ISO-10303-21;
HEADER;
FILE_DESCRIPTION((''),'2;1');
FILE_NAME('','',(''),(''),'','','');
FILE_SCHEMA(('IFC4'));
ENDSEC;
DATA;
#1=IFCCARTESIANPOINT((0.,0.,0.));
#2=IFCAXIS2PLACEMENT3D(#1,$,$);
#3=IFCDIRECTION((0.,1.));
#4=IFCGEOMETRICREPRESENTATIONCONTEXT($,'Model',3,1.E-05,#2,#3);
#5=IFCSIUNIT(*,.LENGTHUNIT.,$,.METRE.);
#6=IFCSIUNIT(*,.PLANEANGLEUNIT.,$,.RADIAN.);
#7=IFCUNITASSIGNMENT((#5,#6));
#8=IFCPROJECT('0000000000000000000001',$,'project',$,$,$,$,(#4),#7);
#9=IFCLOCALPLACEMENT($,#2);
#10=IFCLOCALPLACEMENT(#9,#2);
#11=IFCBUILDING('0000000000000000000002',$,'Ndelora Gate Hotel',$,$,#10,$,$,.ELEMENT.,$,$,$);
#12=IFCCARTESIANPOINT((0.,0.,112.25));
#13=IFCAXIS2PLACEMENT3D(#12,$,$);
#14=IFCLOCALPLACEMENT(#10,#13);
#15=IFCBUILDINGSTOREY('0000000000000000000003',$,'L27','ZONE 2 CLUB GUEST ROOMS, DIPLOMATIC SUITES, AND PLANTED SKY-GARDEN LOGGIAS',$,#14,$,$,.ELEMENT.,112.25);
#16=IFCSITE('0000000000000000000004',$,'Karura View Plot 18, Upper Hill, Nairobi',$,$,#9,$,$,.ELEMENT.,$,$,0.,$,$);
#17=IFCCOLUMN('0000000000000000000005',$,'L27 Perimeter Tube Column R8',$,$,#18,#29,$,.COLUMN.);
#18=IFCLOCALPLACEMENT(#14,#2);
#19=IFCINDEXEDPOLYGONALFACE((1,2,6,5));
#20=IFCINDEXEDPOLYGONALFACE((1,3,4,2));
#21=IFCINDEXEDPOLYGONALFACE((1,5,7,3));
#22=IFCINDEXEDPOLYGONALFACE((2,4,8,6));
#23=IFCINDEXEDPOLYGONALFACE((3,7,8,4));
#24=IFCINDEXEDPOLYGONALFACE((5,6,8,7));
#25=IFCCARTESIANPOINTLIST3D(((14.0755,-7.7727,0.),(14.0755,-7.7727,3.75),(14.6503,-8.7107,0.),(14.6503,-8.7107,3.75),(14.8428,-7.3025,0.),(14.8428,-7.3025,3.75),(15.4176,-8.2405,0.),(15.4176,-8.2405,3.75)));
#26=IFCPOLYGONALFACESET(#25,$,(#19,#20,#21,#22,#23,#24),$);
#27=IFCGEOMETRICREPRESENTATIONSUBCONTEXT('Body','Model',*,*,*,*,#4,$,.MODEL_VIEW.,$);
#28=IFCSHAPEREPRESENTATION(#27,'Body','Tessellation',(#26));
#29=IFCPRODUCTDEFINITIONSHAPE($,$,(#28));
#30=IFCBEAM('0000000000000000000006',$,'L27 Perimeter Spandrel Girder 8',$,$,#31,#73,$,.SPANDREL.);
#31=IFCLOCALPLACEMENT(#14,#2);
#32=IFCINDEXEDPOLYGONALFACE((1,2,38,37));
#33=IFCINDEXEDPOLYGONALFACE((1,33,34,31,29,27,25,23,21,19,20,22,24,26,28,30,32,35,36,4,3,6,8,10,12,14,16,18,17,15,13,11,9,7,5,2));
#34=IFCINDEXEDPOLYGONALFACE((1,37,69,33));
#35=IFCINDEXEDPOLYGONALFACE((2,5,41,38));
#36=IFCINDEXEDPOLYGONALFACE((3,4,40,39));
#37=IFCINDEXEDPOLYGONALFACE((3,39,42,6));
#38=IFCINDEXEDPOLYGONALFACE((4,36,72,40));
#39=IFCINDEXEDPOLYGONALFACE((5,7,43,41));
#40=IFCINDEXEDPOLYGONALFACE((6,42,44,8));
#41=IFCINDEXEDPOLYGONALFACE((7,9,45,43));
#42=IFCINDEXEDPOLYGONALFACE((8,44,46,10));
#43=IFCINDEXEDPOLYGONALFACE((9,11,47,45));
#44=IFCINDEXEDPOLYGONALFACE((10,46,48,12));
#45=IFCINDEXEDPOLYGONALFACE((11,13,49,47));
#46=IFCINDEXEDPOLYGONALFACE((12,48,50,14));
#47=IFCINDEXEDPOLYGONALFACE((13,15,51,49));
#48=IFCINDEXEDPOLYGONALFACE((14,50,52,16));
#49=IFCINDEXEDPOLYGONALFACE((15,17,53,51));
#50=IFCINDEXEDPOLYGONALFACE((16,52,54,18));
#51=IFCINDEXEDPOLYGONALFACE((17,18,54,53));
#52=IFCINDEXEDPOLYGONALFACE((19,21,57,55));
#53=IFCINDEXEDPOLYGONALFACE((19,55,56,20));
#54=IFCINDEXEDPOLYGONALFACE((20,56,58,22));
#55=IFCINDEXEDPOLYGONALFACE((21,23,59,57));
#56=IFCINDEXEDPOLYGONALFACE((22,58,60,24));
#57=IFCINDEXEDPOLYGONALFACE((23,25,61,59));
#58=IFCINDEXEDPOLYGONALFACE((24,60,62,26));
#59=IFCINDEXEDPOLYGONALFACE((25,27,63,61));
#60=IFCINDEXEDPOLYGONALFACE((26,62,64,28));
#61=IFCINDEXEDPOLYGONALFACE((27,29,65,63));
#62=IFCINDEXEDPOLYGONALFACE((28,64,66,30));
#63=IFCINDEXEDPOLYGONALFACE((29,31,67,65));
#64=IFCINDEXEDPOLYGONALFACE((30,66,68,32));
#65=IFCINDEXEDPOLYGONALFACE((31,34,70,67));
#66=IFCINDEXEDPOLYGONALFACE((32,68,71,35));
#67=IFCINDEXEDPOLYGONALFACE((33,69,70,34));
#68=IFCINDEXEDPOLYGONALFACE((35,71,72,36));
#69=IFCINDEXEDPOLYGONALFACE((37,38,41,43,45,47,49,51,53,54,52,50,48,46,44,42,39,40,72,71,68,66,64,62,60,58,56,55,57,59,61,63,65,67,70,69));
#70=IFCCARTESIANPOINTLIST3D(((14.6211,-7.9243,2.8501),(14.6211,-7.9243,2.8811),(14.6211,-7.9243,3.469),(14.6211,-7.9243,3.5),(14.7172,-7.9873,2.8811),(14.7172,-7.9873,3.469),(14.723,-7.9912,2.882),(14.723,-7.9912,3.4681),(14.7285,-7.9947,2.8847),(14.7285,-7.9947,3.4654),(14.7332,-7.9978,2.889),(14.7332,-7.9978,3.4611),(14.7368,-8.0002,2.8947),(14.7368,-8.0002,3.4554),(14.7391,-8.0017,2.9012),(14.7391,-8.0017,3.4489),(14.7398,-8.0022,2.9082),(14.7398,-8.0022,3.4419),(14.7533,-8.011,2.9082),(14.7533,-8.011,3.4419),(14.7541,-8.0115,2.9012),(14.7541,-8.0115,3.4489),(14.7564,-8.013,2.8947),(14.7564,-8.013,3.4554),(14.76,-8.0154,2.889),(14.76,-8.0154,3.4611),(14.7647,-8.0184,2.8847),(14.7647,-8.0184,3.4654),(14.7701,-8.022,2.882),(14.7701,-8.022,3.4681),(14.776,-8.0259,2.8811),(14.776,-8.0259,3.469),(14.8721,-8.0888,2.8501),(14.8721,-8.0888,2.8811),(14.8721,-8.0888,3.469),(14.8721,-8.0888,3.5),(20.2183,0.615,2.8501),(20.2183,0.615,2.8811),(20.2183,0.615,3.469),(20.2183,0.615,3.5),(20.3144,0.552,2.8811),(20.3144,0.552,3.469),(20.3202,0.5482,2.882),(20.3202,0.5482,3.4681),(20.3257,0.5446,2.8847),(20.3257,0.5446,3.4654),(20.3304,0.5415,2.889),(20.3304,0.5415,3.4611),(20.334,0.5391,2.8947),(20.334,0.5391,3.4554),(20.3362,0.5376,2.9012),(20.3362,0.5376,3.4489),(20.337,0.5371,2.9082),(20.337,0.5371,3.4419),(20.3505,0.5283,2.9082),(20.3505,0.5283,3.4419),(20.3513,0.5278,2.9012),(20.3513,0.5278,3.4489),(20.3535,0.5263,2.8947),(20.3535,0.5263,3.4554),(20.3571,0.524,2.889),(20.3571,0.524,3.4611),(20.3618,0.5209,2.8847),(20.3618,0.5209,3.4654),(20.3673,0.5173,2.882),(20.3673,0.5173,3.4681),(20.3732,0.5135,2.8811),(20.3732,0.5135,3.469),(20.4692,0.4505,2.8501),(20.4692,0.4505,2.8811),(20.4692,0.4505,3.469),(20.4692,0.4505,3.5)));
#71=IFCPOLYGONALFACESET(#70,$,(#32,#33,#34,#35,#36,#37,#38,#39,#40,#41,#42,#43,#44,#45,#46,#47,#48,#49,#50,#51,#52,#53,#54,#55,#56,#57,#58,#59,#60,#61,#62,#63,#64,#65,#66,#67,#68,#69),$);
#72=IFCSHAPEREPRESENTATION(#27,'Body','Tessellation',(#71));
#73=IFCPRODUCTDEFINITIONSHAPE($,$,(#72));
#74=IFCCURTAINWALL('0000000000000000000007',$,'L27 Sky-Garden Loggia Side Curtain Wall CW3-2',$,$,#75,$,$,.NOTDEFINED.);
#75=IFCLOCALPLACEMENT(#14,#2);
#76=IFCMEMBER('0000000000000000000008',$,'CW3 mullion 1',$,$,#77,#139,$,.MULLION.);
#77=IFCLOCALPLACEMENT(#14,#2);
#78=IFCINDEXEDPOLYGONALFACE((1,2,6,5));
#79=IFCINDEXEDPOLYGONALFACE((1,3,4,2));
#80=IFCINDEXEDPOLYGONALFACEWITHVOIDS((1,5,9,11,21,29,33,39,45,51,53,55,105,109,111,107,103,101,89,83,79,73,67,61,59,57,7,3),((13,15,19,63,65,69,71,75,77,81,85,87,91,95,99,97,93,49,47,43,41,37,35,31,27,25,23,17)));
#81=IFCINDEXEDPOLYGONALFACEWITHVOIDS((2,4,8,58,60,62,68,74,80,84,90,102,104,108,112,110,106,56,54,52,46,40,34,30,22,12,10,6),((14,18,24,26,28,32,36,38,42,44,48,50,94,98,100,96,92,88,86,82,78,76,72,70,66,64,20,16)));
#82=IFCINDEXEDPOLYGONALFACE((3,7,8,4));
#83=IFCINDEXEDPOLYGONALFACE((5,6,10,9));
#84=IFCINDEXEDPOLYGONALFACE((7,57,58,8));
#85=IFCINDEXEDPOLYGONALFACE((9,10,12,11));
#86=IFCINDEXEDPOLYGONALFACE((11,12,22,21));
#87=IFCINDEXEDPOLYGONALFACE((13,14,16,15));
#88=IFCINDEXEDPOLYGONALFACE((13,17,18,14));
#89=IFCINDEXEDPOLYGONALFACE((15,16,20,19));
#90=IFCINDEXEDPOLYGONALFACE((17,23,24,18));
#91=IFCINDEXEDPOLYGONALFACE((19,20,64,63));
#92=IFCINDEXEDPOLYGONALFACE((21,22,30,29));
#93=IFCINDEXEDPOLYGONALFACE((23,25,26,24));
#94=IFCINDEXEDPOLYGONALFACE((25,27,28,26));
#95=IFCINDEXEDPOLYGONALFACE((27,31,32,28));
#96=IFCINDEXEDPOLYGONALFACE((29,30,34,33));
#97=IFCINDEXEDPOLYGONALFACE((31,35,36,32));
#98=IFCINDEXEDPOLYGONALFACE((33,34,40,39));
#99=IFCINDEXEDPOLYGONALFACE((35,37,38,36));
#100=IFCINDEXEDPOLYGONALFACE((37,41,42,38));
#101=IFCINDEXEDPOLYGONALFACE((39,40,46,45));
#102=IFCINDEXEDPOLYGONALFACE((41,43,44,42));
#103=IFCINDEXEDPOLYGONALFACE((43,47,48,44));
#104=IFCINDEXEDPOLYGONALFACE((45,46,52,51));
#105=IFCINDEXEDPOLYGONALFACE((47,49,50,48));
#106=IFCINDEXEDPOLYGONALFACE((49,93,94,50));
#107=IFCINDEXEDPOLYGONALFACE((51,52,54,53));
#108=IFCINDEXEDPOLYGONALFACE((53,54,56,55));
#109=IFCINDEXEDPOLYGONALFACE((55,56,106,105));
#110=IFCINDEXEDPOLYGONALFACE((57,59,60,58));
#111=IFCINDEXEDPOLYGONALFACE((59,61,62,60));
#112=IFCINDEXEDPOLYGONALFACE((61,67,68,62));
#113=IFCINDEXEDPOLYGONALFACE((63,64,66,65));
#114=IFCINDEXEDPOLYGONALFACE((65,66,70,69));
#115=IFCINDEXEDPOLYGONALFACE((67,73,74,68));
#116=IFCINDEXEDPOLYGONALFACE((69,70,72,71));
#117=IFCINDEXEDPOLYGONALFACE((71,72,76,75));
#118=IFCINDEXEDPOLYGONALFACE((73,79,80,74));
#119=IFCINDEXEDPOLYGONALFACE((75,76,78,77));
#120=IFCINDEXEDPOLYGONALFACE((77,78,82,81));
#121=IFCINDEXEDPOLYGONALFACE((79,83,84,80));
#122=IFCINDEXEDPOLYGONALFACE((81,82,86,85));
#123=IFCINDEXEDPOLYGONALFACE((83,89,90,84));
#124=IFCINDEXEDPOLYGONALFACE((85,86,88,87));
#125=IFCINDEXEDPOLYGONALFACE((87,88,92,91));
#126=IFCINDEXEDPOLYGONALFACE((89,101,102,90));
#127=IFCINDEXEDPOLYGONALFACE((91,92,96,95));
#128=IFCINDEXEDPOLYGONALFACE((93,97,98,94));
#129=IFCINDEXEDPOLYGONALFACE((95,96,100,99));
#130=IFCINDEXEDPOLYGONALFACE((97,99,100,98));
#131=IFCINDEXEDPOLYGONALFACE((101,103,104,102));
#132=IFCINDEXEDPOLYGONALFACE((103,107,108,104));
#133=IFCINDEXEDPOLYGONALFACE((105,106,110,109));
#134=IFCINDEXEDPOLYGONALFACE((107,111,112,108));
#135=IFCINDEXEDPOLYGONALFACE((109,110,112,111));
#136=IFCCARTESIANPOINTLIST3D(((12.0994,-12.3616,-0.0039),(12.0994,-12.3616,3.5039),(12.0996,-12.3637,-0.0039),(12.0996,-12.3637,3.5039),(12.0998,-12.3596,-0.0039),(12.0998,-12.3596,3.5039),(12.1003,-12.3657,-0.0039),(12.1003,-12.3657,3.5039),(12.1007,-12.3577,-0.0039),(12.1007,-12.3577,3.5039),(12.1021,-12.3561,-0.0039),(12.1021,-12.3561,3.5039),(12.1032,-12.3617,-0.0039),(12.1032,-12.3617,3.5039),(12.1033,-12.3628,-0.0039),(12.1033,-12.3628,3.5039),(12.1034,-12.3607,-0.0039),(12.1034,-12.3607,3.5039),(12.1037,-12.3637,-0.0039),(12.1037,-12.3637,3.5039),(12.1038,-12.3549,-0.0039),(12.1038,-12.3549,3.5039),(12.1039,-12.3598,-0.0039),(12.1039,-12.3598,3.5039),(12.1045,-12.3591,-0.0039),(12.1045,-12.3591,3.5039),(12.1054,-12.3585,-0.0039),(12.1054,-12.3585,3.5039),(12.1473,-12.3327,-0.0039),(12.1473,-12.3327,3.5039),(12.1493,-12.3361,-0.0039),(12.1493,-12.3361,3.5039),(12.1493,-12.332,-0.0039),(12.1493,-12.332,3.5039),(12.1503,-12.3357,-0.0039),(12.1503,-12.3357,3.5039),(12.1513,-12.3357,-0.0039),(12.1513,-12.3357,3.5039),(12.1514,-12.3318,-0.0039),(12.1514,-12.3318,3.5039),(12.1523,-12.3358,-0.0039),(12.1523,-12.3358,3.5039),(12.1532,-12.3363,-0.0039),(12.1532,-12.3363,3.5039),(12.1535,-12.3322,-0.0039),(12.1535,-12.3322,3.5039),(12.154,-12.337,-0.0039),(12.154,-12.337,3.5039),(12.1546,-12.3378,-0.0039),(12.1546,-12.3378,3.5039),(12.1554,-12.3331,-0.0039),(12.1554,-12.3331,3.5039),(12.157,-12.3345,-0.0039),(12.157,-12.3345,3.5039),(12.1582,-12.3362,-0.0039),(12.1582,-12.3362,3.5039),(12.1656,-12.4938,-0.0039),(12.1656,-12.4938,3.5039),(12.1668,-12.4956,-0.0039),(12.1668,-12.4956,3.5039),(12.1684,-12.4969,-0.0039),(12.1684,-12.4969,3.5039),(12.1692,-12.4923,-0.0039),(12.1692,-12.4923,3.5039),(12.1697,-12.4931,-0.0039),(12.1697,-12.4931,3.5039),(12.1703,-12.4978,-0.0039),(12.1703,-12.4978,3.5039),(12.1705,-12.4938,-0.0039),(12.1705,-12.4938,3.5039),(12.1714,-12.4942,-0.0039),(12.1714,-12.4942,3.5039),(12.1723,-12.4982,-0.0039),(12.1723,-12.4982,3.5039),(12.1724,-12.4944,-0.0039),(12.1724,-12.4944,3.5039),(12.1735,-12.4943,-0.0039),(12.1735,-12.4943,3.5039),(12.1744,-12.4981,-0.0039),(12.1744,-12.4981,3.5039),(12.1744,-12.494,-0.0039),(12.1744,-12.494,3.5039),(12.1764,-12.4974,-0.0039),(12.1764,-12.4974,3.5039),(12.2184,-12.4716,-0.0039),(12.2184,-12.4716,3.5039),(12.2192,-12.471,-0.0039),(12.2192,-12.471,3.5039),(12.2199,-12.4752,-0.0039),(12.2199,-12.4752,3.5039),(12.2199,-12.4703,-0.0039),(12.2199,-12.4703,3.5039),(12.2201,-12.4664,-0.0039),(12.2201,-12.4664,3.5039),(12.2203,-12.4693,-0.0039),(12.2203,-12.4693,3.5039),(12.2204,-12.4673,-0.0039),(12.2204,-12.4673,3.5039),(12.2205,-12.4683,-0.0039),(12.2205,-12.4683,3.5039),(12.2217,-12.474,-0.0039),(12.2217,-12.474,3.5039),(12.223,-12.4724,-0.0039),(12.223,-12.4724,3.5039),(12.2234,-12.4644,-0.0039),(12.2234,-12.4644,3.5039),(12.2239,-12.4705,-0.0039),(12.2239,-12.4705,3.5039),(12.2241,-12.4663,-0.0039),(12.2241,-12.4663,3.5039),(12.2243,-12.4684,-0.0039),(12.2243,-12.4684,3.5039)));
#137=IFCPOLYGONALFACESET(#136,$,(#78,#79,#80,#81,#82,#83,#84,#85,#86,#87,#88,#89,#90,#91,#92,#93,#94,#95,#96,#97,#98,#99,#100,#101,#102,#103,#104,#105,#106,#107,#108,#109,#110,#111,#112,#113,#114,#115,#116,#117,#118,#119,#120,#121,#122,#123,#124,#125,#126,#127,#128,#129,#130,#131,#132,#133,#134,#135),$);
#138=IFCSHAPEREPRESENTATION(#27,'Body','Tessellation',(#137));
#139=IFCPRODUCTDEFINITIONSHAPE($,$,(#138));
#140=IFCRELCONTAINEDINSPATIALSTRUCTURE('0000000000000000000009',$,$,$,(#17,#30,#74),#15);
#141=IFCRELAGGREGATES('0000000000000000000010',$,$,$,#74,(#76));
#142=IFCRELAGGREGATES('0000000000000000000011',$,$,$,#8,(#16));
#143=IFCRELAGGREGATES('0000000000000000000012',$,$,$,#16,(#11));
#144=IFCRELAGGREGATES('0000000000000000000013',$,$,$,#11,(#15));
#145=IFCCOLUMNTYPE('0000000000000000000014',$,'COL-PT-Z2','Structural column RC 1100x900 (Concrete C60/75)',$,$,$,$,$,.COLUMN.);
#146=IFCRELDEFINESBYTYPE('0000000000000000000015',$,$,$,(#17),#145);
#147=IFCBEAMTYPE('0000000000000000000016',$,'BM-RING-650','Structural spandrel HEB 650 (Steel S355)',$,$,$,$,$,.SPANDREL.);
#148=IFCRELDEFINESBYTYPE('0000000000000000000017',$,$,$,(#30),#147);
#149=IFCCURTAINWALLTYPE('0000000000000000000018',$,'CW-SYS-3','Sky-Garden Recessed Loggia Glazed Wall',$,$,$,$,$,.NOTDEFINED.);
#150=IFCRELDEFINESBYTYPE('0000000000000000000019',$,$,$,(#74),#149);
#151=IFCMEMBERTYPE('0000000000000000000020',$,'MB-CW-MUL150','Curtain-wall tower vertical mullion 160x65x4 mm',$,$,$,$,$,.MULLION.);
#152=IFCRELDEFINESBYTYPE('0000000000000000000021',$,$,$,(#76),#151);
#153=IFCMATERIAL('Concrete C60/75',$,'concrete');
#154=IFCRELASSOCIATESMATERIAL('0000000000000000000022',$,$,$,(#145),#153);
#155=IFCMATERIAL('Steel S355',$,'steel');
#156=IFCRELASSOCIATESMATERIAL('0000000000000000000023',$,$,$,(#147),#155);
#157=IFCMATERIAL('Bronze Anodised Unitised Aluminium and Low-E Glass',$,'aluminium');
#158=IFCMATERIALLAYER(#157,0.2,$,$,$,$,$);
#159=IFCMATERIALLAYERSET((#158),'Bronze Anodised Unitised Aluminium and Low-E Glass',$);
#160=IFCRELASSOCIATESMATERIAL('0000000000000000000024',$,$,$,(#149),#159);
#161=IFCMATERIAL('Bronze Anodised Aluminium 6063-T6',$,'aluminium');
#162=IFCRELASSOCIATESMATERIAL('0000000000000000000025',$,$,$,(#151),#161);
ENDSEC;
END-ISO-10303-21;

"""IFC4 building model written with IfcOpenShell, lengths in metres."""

from ifc_helpers import new_model, si_unit, direction, frame, origin, origin_2d, place, context, subcontext, project, spatial, rectangle, hollow_rectangle, i_section, extrude, material, layer, layer_set, material_profile, profile_set, type_object, element, aggregate, save


model = new_model("IFC4")

# Units and contexts
model_context = context("Model", 3, precision=1e-05, world=origin(), true_north=direction((0.0, 1.0)))
body_context = subcontext(model_context, "Body", "Model", "MODEL_VIEW")
ifc_project = project(units=[si_unit("LENGTHUNIT", "METRE"), si_unit("PLANEANGLEUNIT", "RADIAN")], contexts=[model_context])

# Site, building, storey
site_placement = place(None, origin())
site = spatial("IfcSite", under=ifc_project, at=site_placement, Name="Karura View Plot 18, Upper Hill, Nairobi", CompositionType="ELEMENT", RefElevation=0.0)
building_placement = place(site_placement, origin())
building = spatial("IfcBuilding", under=site, at=building_placement, Name="Ndelora Gate Hotel", CompositionType="ELEMENT")
storey_placement = place(building_placement, frame((0.0, 0.0, 112.25)))
storey = spatial("IfcBuildingStorey", under=building, at=storey_placement, Name="L27", Description="ZONE 2 CLUB GUEST ROOMS, DIPLOMATIC SUITES, AND PLANTED SKY-GARDEN LOGGIAS", CompositionType="ELEMENT", Elevation=112.25)

# Column
ifc_material_1 = material(Name="Concrete C60/75", Category="concrete")
ifc_material_profile_1 = material_profile(ifc_material_1, rectangle(XDim=0.8999, YDim=1.1001, at=origin_2d()), Name="RC 1100x900")
ifc_profile_set_1 = profile_set([ifc_material_profile_1], Name="Concrete C60/75")
column_type = type_object("IfcColumnType", Name="COL-PT-Z2", Description="Structural column RC 1100x900 (Concrete C60/75)", PredefinedType="COLUMN", material=ifc_profile_set_1)
column_placement = place(storey_placement, frame((14.7466, -8.0066, 0.0), z_axis=(0.0, 0.0, 1.0), x_axis=(0.85264, 0.522499, 0.0)))
element("IfcColumn", 1, at=column_placement, inside=storey, type_object=column_type, Name="L27 Perimeter Tube Column R8", PredefinedType="COLUMN", context=body_context, shape_type="SweptSolid", body=[
    extrude(rectangle(XDim=0.8999, YDim=1.1001, at=origin_2d()), origin(), (0.0, 0.0, 1.0), 3.75),
])

# Beam
ifc_material_2 = material(Name="Steel S355", Category="steel")
ifc_material_profile_2 = material_profile(ifc_material_2, i_section(OverallWidth=0.3, OverallDepth=0.6499, WebThickness=0.0161, FlangeThickness=0.031, FilletRadius=0.0271, at=origin_2d()), Name="HEB 650")
ifc_profile_set_2 = profile_set([ifc_material_profile_2], Name="Steel S355")
beam_type = type_object("IfcBeamType", Name="BM-RING-650", Description="Structural spandrel HEB 650 (Steel S355)", PredefinedType="SPANDREL", material=ifc_profile_set_2)
beam_placement = place(storey_placement, frame((14.7466, -8.0066, 3.175), z_axis=(0.548194, 0.836351, 0.0), x_axis=(-0.836351, 0.548194, 0.0)))
element("IfcBeam", 2, at=beam_placement, inside=storey, type_object=beam_type, Name="L27 Perimeter Spandrel Girder 8", PredefinedType="SPANDREL", context=body_context, shape_type="SweptSolid", body=[
    extrude(i_section(OverallWidth=0.3, OverallDepth=0.6499, WebThickness=0.0161, FlangeThickness=0.031, FilletRadius=0.0271, at=origin_2d()), origin(), (0.0, 0.0, 1.0), 10.2102),
])

# Curtain wall, member
ifc_material_3 = material(Name="Bronze Anodised Unitised Aluminium and Low-E Glass", Category="aluminium")
ifc_layer_1 = layer(ifc_material_3, 0.2)
ifc_layer_set_1 = layer_set([ifc_layer_1], Name="Bronze Anodised Unitised Aluminium and Low-E Glass")
curtain_wall_type = type_object("IfcCurtainWallType", Name="CW-SYS-3", Description="Sky-Garden Recessed Loggia Glazed Wall", PredefinedType="NOTDEFINED", material=ifc_layer_set_1)
curtain_wall_placement = place(storey_placement, origin())
curtain_wall = element("IfcCurtainWall", 3, at=curtain_wall_placement, inside=storey, type_object=curtain_wall_type, Name="L27 Sky-Garden Loggia Side Curtain Wall CW3-2", PredefinedType="NOTDEFINED")
ifc_material_4 = material(Name="Bronze Anodised Aluminium 6063-T6", Category="aluminium")
ifc_material_profile_3 = material_profile(ifc_material_4, hollow_rectangle(XDim=0.0649, YDim=0.1599, WallThickness=0.0039, InnerFilletRadius=0.0039, OuterFilletRadius=0.0081, at=origin_2d()), Name="ALU 160x65x4")
ifc_profile_set_3 = profile_set([ifc_material_profile_3], Name="Bronze Anodised Aluminium 6063-T6")
member_type_1 = type_object("IfcMemberType", Name="MB-CW-MUL150", Description="Curtain-wall tower vertical mullion 160x65x4 mm", PredefinedType="MULLION", material=ifc_profile_set_3)
member_1_placement = place(storey_placement, frame((12.1619, -12.415, -0.0039), z_axis=(0.0, 0.0, 1.0), x_axis=(-0.891001, -0.454001, 0.0)))
member_1 = element("IfcMember", 4, at=member_1_placement, type_object=member_type_1, Name="CW3 mullion 1", PredefinedType="MULLION", context=body_context, shape_type="SweptSolid", body=[
    extrude(hollow_rectangle(XDim=0.0649, YDim=0.1599, WallThickness=0.0039, InnerFilletRadius=0.0039, OuterFilletRadius=0.0081, at=origin_2d()), origin(), (0.0, 0.0, 1.0), 3.5078),
])
aggregate(curtain_wall, [member_1])

save(model, "model.ifc")
